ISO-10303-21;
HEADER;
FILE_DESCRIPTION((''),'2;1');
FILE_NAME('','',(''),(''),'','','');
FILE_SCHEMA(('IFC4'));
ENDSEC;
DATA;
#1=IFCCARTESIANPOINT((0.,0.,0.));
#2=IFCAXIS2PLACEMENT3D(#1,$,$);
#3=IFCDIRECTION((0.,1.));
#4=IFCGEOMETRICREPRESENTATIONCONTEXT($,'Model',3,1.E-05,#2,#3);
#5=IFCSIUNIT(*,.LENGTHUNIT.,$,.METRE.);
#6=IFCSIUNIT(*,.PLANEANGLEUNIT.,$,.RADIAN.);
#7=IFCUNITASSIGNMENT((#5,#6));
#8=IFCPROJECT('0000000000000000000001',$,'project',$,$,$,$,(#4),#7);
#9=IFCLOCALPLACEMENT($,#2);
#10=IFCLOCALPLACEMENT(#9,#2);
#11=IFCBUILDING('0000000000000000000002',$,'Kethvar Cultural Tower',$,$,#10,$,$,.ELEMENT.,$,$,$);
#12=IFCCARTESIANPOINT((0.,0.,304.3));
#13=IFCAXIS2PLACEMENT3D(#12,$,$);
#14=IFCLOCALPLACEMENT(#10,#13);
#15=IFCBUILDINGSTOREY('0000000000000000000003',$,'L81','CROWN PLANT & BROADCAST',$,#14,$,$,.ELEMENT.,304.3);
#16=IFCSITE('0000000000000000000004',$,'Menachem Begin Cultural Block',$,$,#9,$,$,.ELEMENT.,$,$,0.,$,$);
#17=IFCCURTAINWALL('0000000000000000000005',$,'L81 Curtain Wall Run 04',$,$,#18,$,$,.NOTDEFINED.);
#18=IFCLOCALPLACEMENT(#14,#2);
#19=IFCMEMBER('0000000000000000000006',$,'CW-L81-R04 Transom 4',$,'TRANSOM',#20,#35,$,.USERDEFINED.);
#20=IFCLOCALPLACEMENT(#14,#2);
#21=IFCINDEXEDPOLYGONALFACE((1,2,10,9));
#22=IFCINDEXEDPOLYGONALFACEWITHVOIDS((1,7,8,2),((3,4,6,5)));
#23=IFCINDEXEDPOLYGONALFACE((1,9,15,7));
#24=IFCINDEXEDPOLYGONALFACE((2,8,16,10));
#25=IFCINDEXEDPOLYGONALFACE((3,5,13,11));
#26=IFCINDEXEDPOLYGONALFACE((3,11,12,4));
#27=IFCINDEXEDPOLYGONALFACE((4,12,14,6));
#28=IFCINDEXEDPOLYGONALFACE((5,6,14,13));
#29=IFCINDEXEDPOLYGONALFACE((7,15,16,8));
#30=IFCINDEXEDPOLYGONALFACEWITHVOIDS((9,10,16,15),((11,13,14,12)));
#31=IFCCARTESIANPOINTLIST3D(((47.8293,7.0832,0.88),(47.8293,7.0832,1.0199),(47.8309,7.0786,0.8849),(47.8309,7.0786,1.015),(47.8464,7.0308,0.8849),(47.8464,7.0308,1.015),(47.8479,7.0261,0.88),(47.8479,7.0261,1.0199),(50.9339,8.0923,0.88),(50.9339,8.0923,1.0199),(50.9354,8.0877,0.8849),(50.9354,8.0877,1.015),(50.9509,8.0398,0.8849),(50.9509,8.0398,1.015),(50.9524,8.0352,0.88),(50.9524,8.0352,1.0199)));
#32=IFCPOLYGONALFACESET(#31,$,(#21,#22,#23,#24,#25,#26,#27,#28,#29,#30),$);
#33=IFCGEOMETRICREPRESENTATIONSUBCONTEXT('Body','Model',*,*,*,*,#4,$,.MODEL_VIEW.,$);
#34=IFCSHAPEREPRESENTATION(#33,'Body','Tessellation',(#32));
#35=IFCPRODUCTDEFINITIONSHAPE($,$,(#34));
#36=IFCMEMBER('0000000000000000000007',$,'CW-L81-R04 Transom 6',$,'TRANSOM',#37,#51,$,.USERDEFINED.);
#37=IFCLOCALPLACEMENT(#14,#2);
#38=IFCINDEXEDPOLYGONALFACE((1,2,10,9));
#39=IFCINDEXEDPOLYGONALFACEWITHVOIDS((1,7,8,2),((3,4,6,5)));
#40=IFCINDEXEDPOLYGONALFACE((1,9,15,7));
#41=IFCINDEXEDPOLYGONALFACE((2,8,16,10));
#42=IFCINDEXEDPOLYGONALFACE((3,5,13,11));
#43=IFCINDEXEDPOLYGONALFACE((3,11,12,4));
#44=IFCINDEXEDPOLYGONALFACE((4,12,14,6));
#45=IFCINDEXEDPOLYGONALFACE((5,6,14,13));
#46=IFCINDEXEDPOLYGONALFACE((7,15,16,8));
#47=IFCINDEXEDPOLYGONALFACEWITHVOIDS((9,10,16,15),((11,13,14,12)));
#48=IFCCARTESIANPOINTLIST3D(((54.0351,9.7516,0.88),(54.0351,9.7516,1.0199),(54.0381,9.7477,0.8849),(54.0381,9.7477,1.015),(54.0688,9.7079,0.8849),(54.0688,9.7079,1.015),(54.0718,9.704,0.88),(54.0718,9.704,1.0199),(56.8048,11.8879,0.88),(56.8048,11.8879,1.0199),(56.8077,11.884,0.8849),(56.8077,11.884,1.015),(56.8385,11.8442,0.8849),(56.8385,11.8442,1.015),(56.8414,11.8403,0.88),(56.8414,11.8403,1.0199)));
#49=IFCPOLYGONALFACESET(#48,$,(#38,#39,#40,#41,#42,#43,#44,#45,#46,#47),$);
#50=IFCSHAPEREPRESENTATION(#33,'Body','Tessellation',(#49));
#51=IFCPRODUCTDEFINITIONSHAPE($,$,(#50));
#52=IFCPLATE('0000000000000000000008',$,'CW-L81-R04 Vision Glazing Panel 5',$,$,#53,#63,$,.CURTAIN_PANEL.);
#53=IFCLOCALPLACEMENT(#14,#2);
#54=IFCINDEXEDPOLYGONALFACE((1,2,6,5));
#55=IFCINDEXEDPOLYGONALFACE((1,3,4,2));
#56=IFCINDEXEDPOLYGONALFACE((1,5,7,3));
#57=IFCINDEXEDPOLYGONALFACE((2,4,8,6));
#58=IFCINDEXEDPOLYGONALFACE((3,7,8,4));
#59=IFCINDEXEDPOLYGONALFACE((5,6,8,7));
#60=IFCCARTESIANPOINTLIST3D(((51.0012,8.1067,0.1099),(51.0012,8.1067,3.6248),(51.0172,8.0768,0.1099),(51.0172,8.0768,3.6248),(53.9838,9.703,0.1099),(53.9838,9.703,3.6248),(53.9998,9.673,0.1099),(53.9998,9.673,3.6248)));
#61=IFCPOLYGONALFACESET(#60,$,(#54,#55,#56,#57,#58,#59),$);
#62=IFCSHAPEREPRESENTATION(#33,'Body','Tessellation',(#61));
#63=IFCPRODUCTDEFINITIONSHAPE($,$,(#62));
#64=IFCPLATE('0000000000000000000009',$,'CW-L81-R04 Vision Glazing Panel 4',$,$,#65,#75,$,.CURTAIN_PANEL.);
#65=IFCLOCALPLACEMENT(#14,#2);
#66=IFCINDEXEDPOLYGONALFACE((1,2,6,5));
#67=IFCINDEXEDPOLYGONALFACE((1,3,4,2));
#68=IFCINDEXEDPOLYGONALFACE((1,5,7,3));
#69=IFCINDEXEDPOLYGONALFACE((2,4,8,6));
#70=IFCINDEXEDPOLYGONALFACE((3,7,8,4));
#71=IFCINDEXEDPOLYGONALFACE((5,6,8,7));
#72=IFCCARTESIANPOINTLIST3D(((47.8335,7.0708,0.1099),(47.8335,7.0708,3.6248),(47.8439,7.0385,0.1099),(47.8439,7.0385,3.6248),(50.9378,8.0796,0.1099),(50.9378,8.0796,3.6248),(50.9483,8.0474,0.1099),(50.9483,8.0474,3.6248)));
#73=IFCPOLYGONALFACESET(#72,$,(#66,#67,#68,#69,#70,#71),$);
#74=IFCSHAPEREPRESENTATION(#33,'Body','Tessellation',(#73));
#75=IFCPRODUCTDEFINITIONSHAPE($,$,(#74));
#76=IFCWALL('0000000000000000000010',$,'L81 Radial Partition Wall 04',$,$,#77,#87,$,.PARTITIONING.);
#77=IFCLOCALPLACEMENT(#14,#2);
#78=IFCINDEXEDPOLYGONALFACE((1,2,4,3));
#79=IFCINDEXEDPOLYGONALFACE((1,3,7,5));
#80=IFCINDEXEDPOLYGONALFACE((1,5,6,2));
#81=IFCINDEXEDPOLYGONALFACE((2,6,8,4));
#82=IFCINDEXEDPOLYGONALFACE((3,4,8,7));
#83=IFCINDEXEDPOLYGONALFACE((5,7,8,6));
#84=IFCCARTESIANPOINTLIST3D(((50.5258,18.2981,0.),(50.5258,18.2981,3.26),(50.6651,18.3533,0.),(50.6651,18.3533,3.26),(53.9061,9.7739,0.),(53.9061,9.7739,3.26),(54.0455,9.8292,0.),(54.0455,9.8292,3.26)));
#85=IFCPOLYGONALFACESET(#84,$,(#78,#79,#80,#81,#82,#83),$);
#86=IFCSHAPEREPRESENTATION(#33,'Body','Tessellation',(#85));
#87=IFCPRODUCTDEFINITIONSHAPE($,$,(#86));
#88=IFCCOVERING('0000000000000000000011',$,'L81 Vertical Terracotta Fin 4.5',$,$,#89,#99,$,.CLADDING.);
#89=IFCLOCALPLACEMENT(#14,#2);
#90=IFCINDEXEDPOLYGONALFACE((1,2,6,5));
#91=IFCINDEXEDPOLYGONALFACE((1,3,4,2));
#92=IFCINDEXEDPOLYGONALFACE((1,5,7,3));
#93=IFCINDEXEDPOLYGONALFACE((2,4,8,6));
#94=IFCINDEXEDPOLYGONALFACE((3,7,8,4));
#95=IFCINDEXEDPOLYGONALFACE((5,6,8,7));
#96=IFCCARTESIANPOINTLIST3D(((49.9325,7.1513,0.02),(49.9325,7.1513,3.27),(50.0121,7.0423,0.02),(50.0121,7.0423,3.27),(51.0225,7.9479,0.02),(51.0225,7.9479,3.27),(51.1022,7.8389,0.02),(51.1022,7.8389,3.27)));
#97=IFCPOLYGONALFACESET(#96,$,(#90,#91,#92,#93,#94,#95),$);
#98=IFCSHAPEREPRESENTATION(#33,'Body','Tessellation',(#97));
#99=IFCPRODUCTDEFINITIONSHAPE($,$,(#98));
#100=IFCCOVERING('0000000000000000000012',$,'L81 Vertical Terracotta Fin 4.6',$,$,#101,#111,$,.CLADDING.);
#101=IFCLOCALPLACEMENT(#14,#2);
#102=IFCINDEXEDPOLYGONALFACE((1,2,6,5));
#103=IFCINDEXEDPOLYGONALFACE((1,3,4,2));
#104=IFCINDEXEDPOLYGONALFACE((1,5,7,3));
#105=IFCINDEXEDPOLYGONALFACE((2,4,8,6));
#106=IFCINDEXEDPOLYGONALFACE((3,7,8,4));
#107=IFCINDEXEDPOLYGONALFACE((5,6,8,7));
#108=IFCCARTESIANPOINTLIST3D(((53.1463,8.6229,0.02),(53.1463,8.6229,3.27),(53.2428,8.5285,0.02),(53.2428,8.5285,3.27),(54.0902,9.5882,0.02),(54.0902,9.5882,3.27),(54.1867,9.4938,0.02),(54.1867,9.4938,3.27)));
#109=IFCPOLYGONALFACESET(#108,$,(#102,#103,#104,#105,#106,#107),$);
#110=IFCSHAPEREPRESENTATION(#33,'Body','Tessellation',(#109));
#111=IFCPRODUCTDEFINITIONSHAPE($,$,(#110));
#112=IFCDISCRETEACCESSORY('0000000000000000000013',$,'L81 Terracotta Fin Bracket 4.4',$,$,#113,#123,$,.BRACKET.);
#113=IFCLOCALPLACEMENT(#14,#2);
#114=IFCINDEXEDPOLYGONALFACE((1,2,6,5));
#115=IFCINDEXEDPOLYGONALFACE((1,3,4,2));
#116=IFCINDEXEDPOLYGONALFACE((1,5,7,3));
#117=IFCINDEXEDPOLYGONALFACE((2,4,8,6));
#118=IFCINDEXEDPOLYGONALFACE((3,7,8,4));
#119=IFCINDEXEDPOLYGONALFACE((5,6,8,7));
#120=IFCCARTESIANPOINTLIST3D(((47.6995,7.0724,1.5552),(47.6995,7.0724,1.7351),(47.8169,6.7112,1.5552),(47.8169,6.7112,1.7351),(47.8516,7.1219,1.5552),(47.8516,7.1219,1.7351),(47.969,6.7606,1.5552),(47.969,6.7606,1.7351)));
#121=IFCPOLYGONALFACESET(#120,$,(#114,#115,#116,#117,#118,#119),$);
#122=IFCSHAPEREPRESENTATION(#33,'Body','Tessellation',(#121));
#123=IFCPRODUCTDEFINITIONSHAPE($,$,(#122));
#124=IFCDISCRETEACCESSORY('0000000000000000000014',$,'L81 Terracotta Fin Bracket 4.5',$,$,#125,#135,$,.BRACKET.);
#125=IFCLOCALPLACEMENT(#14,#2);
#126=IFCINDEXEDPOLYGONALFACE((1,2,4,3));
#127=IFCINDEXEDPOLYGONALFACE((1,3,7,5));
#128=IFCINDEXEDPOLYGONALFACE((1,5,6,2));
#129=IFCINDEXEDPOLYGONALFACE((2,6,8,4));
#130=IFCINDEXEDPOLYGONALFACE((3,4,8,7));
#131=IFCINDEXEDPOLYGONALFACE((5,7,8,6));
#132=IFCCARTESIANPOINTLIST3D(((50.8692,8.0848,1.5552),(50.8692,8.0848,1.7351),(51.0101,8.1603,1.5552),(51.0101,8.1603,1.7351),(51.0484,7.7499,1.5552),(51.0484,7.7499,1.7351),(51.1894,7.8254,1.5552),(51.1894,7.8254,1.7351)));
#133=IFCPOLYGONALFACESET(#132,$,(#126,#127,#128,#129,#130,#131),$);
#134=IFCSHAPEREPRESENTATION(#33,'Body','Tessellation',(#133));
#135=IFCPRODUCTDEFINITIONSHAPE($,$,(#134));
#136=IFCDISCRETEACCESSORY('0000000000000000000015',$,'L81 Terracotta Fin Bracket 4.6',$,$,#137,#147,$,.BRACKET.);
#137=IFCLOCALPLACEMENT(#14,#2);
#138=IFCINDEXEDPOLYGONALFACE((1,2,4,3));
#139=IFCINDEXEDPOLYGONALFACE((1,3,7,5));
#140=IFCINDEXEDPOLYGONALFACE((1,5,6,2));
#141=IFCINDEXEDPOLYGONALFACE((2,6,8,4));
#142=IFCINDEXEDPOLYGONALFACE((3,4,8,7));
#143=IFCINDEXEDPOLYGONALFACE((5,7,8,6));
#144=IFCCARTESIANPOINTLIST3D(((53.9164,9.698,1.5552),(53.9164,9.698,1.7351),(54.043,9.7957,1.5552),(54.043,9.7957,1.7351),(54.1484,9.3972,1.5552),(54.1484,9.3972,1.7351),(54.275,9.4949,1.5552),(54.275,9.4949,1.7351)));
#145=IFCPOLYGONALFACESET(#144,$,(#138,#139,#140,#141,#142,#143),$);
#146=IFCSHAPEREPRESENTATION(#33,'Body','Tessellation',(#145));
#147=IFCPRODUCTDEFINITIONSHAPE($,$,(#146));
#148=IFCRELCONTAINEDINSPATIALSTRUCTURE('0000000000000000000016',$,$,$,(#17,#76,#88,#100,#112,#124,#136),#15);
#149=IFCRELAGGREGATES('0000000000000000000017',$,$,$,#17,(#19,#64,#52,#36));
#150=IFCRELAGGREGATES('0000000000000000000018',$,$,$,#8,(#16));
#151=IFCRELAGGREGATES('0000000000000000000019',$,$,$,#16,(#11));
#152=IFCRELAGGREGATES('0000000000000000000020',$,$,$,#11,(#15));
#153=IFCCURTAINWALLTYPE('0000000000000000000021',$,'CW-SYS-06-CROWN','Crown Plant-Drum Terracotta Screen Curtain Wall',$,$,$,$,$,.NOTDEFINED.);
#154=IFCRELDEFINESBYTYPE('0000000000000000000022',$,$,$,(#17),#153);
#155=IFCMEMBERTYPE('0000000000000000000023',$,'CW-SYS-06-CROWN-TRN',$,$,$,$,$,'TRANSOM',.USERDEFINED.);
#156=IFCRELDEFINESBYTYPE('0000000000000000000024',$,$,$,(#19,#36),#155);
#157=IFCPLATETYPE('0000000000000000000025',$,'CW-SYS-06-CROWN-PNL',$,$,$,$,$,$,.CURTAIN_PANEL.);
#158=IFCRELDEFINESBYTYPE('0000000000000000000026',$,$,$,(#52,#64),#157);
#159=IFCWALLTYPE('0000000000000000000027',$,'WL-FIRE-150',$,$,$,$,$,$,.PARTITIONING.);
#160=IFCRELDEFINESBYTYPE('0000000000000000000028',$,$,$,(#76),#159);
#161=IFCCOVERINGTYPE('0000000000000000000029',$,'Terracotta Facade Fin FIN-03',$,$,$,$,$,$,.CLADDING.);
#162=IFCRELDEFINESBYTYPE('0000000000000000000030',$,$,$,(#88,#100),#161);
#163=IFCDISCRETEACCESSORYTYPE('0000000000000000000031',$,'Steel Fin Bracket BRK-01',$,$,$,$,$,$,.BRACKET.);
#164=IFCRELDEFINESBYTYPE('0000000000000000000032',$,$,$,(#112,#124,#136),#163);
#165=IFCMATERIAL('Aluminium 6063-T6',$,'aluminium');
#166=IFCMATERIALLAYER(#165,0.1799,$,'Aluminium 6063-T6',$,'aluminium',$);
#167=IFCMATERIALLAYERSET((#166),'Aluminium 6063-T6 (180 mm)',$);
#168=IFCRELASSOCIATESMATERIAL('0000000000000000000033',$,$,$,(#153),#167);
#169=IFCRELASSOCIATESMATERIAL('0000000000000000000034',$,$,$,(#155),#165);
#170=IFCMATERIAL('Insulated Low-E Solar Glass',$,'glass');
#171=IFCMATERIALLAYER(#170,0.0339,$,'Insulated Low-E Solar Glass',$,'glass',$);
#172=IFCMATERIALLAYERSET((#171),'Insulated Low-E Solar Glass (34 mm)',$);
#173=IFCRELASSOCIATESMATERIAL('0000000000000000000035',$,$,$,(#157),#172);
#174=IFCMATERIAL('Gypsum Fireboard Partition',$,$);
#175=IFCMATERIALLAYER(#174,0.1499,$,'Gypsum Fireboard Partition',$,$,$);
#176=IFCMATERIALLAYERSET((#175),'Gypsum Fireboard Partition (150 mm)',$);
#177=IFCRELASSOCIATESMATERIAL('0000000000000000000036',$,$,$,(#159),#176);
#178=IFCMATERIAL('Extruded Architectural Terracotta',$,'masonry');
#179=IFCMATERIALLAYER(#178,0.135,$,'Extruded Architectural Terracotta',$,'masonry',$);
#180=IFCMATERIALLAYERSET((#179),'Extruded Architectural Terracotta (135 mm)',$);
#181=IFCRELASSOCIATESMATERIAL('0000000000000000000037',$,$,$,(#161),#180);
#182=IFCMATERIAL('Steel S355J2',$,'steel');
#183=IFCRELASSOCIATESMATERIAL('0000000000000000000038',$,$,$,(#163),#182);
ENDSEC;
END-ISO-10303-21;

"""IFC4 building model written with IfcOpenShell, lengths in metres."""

from ifc_helpers import new_model, si_unit, direction, frame, frame_2d, origin, origin_2d, place, context, subcontext, project, spatial, rectangle, hollow_rectangle, extrude, source, transform, mapped, material, layer, layer_set, material_profile, profile_set, type_object, element, aggregate, save


model = new_model("IFC4")

# Units and contexts
model_context = context("Model", 3, precision=1e-05, world=origin(), true_north=direction((0.0, 1.0)))
body_context = subcontext(model_context, "Body", "Model", "MODEL_VIEW")
ifc_project = project(units=[si_unit("LENGTHUNIT", "METRE"), si_unit("PLANEANGLEUNIT", "RADIAN")], contexts=[model_context])

# Site, building, storey
site_placement = place(None, origin())
site = spatial("IfcSite", under=ifc_project, at=site_placement, Name="Menachem Begin Cultural Block", CompositionType="ELEMENT", RefElevation=0.0)
building_placement = place(site_placement, origin())
building = spatial("IfcBuilding", under=site, at=building_placement, Name="Kethvar Cultural Tower", CompositionType="ELEMENT")
storey_placement = place(building_placement, frame((0.0, 0.0, 304.3)))
storey = spatial("IfcBuildingStorey", under=building, at=storey_placement, Name="L81", Description="CROWN PLANT & BROADCAST", CompositionType="ELEMENT", Elevation=304.3)

# Shared definitions
ifc_material_1 = material(Name="Steel S355J2", Category="steel")

# Curtain wall, members, plates
ifc_material_2 = material(Name="Aluminium 6063-T6", Category="aluminium")
ifc_layer_1 = layer(ifc_material_2, 0.1799, Name="Aluminium 6063-T6", Category="aluminium")
ifc_layer_set_1 = layer_set([ifc_layer_1], Name="Aluminium 6063-T6 (180 mm)")
curtain_wall_type = type_object("IfcCurtainWallType", Name="CW-SYS-06-CROWN", Description="Crown Plant-Drum Terracotta Screen Curtain Wall", PredefinedType="NOTDEFINED", material=ifc_layer_set_1)
curtain_wall_placement = place(storey_placement, origin())
curtain_wall = element("IfcCurtainWall", 1, at=curtain_wall_placement, inside=storey, type_object=curtain_wall_type, Name="L81 Curtain Wall Run 04", PredefinedType="NOTDEFINED")
ifc_material_profile_1 = material_profile(ifc_material_2, hollow_rectangle(XDim=0.0601, YDim=0.1399, WallThickness=0.0049, at=origin_2d()), Name="Aluminium 6063-T6 — RHS140x60x5")
ifc_profile_set_1 = profile_set([ifc_material_profile_1], Name="Aluminium 6063-T6 — RHS140x60x5")
member_type_1 = type_object("IfcMemberType", Name="CW-SYS-06-CROWN-TRN", ElementType="TRANSOM", PredefinedType="USERDEFINED", material=ifc_profile_set_1)
shared_shape_1 = source(origin(), body_context, "Body", "SweptSolid", [
    extrude(hollow_rectangle(XDim=0.0601, YDim=0.1399, WallThickness=0.0049, at=origin_2d()), origin(), (0.0, 0.0, 1.0), 3.2644),
])
member_1_placement = place(storey_placement, frame((47.8386, 7.0547, 0.95), z_axis=(0.951027, 0.309106, 0.0), x_axis=(-0.309106, 0.951027, 0.0)))
member_1 = element("IfcMember", 2, at=member_1_placement, type_object=member_type_1, Name="CW-L81-R04 Transom 4", ObjectType="TRANSOM", PredefinedType="USERDEFINED", context=body_context, shape_type="MappedRepresentation", body=[
    mapped(shared_shape_1, transform((0.0, 0.0, 0.0), scale=1.0)),
])
shared_shape_2 = source(origin(), body_context, "Body", "SweptSolid", [
    extrude(hollow_rectangle(XDim=0.0601, YDim=0.1399, WallThickness=0.0049, at=origin_2d()), origin(), (0.0, 0.0, 1.0), 3.4978),
])
member_2_placement = place(storey_placement, frame((54.0535, 9.7278, 0.95), z_axis=(0.791819, 0.610756, 0.0), x_axis=(-0.610756, 0.791819, 0.0)))
member_2 = element("IfcMember", 3, at=member_2_placement, type_object=member_type_1, Name="CW-L81-R04 Transom 6", ObjectType="TRANSOM", PredefinedType="USERDEFINED", context=body_context, shape_type="MappedRepresentation", body=[
    mapped(shared_shape_2, transform((0.0, 0.0, 0.0), scale=1.0)),
])
ifc_material_3 = material(Name="Insulated Low-E Solar Glass", Category="glass")
ifc_layer_2 = layer(ifc_material_3, 0.0339, Name="Insulated Low-E Solar Glass", Category="glass")
ifc_layer_set_2 = layer_set([ifc_layer_2], Name="Insulated Low-E Solar Glass (34 mm)")
plate_type = type_object("IfcPlateType", Name="CW-SYS-06-CROWN-PNL", PredefinedType="CURTAIN_PANEL", material=ifc_layer_set_2)
shared_shape_3 = source(origin(), body_context, "Body", "SweptSolid", [
    extrude(rectangle(XDim=3.3828, YDim=0.0339, at=origin_2d()), origin(), (0.0, 0.0, 1.0), 3.5149),
])
plate_1_placement = place(storey_placement, frame((52.5005, 8.8899, 0.1099), z_axis=(0.0, 0.0, 1.0), x_axis=(0.881674, 0.471858, 0.0)))
plate_1 = element("IfcPlate", 4, at=plate_1_placement, type_object=plate_type, Name="CW-L81-R04 Vision Glazing Panel 5", PredefinedType="CURTAIN_PANEL", context=body_context, shape_type="MappedRepresentation", body=[
    mapped(shared_shape_3, transform((0.0, 0.0, 0.0), scale=1.0)),
])
shared_shape_4 = source(origin(), body_context, "Body", "SweptSolid", [
    extrude(rectangle(XDim=3.2642, YDim=0.0339, at=origin_2d()), origin(), (0.0, 0.0, 1.0), 3.5149),
])
plate_2_placement = place(storey_placement, frame((49.3909, 7.5591, 0.1099), z_axis=(0.0, 0.0, 1.0), x_axis=(0.95104, 0.309067, 0.0)))
plate_2 = element("IfcPlate", 5, at=plate_2_placement, type_object=plate_type, Name="CW-L81-R04 Vision Glazing Panel 4", PredefinedType="CURTAIN_PANEL", context=body_context, shape_type="MappedRepresentation", body=[
    mapped(shared_shape_4, transform((0.0, 0.0, 0.0), scale=1.0)),
])
aggregate(curtain_wall, [member_1, plate_2, plate_1, member_2])

# Wall
ifc_material_4 = material(Name="Gypsum Fireboard Partition")
ifc_layer_3 = layer(ifc_material_4, 0.1499, Name="Gypsum Fireboard Partition")
ifc_layer_set_3 = layer_set([ifc_layer_3], Name="Gypsum Fireboard Partition (150 mm)")
wall_type = type_object("IfcWallType", Name="WL-FIRE-150", PredefinedType="PARTITIONING", material=ifc_layer_set_3)
wall_placement = place(storey_placement, frame((50.5955, 18.3257, 0.0), z_axis=(0.0, 0.0, 1.0), x_axis=(0.368635, -0.929574, 0.0)))
element("IfcWall", 6, at=wall_placement, inside=storey, type_object=wall_type, Name="L81 Radial Partition Wall 04", PredefinedType="PARTITIONING", context=body_context, shape_type="SweptSolid", body=[
    extrude(rectangle(XDim=9.1699, YDim=0.1499, at=frame_2d((4.585, 0.0))), origin(), (0.0, 0.0, 1.0), 3.26),
])

# Coverings
ifc_material_5 = material(Name="Extruded Architectural Terracotta", Category="masonry")
ifc_layer_4 = layer(ifc_material_5, 0.135, Name="Extruded Architectural Terracotta", Category="masonry")
ifc_layer_set_4 = layer_set([ifc_layer_4], Name="Extruded Architectural Terracotta (135 mm)")
covering_type = type_object("IfcCoveringType", Name="Terracotta Facade Fin FIN-03", PredefinedType="CLADDING", material=ifc_layer_set_4)
shared_shape_5 = source(origin(), body_context, "Body", "SweptSolid", [
    extrude(rectangle(XDim=1.3501, YDim=0.135, at=origin_2d()), origin(), (0.0, 0.0, 1.0), 3.25),
])
for number, where, z_axis, x_axis, name in (
    (7, (50.5173, 7.4951, 0.02), (0.0, 0.0, 1.0), (-0.807372, -0.590042, 0.0), "L81 Vertical Terracotta Fin 4.5"),
    (8, (53.6665, 9.0583, 0.02), (0.0, 0.0, 1.0), (-0.699164, -0.714961, 0.0), "L81 Vertical Terracotta Fin 4.6"),
):
    element("IfcCovering", number, at=place(storey_placement, frame(where, z_axis=z_axis, x_axis=x_axis)), inside=storey, type_object=covering_type, Name=name, PredefinedType="CLADDING", context=body_context, shape_type="MappedRepresentation", body=[
        mapped(shared_shape_5, transform((0.0, 0.0, 0.0), scale=1.0)),
    ])

# Discrete accessories
discrete_accessory_type = type_object("IfcDiscreteAccessoryType", Name="Steel Fin Bracket BRK-01", PredefinedType="BRACKET", material=ifc_material_1)
shared_shape_6 = source(origin(), body_context, "Body", "SweptSolid", [
    extrude(rectangle(XDim=0.3799, YDim=0.1599, at=origin_2d()), origin(), (0.0, 0.0, 1.0), 0.1799),
])
for number, where, z_axis, x_axis, name in (
    (9, (47.8342, 6.9165, 1.5552), (0.0, 0.0, 1.0), (0.309017, -0.951057, 0.0), "L81 Terracotta Fin Bracket 4.4"),
    (10, (51.0293, 7.9551, 1.5552), (0.0, 0.0, 1.0), (0.471935, -0.881633, 0.0), "L81 Terracotta Fin Bracket 4.5"),
    (11, (54.0957, 9.5964, 1.5552), (0.0, 0.0, 1.0), (0.610698, -0.791863, 0.0), "L81 Terracotta Fin Bracket 4.6"),
):
    element("IfcDiscreteAccessory", number, at=place(storey_placement, frame(where, z_axis=z_axis, x_axis=x_axis)), inside=storey, type_object=discrete_accessory_type, Name=name, PredefinedType="BRACKET", context=body_context, shape_type="MappedRepresentation", body=[
        mapped(shared_shape_6, transform((0.0, 0.0, 0.0), scale=1.0)),
    ])

save(model, "model.ifc")
